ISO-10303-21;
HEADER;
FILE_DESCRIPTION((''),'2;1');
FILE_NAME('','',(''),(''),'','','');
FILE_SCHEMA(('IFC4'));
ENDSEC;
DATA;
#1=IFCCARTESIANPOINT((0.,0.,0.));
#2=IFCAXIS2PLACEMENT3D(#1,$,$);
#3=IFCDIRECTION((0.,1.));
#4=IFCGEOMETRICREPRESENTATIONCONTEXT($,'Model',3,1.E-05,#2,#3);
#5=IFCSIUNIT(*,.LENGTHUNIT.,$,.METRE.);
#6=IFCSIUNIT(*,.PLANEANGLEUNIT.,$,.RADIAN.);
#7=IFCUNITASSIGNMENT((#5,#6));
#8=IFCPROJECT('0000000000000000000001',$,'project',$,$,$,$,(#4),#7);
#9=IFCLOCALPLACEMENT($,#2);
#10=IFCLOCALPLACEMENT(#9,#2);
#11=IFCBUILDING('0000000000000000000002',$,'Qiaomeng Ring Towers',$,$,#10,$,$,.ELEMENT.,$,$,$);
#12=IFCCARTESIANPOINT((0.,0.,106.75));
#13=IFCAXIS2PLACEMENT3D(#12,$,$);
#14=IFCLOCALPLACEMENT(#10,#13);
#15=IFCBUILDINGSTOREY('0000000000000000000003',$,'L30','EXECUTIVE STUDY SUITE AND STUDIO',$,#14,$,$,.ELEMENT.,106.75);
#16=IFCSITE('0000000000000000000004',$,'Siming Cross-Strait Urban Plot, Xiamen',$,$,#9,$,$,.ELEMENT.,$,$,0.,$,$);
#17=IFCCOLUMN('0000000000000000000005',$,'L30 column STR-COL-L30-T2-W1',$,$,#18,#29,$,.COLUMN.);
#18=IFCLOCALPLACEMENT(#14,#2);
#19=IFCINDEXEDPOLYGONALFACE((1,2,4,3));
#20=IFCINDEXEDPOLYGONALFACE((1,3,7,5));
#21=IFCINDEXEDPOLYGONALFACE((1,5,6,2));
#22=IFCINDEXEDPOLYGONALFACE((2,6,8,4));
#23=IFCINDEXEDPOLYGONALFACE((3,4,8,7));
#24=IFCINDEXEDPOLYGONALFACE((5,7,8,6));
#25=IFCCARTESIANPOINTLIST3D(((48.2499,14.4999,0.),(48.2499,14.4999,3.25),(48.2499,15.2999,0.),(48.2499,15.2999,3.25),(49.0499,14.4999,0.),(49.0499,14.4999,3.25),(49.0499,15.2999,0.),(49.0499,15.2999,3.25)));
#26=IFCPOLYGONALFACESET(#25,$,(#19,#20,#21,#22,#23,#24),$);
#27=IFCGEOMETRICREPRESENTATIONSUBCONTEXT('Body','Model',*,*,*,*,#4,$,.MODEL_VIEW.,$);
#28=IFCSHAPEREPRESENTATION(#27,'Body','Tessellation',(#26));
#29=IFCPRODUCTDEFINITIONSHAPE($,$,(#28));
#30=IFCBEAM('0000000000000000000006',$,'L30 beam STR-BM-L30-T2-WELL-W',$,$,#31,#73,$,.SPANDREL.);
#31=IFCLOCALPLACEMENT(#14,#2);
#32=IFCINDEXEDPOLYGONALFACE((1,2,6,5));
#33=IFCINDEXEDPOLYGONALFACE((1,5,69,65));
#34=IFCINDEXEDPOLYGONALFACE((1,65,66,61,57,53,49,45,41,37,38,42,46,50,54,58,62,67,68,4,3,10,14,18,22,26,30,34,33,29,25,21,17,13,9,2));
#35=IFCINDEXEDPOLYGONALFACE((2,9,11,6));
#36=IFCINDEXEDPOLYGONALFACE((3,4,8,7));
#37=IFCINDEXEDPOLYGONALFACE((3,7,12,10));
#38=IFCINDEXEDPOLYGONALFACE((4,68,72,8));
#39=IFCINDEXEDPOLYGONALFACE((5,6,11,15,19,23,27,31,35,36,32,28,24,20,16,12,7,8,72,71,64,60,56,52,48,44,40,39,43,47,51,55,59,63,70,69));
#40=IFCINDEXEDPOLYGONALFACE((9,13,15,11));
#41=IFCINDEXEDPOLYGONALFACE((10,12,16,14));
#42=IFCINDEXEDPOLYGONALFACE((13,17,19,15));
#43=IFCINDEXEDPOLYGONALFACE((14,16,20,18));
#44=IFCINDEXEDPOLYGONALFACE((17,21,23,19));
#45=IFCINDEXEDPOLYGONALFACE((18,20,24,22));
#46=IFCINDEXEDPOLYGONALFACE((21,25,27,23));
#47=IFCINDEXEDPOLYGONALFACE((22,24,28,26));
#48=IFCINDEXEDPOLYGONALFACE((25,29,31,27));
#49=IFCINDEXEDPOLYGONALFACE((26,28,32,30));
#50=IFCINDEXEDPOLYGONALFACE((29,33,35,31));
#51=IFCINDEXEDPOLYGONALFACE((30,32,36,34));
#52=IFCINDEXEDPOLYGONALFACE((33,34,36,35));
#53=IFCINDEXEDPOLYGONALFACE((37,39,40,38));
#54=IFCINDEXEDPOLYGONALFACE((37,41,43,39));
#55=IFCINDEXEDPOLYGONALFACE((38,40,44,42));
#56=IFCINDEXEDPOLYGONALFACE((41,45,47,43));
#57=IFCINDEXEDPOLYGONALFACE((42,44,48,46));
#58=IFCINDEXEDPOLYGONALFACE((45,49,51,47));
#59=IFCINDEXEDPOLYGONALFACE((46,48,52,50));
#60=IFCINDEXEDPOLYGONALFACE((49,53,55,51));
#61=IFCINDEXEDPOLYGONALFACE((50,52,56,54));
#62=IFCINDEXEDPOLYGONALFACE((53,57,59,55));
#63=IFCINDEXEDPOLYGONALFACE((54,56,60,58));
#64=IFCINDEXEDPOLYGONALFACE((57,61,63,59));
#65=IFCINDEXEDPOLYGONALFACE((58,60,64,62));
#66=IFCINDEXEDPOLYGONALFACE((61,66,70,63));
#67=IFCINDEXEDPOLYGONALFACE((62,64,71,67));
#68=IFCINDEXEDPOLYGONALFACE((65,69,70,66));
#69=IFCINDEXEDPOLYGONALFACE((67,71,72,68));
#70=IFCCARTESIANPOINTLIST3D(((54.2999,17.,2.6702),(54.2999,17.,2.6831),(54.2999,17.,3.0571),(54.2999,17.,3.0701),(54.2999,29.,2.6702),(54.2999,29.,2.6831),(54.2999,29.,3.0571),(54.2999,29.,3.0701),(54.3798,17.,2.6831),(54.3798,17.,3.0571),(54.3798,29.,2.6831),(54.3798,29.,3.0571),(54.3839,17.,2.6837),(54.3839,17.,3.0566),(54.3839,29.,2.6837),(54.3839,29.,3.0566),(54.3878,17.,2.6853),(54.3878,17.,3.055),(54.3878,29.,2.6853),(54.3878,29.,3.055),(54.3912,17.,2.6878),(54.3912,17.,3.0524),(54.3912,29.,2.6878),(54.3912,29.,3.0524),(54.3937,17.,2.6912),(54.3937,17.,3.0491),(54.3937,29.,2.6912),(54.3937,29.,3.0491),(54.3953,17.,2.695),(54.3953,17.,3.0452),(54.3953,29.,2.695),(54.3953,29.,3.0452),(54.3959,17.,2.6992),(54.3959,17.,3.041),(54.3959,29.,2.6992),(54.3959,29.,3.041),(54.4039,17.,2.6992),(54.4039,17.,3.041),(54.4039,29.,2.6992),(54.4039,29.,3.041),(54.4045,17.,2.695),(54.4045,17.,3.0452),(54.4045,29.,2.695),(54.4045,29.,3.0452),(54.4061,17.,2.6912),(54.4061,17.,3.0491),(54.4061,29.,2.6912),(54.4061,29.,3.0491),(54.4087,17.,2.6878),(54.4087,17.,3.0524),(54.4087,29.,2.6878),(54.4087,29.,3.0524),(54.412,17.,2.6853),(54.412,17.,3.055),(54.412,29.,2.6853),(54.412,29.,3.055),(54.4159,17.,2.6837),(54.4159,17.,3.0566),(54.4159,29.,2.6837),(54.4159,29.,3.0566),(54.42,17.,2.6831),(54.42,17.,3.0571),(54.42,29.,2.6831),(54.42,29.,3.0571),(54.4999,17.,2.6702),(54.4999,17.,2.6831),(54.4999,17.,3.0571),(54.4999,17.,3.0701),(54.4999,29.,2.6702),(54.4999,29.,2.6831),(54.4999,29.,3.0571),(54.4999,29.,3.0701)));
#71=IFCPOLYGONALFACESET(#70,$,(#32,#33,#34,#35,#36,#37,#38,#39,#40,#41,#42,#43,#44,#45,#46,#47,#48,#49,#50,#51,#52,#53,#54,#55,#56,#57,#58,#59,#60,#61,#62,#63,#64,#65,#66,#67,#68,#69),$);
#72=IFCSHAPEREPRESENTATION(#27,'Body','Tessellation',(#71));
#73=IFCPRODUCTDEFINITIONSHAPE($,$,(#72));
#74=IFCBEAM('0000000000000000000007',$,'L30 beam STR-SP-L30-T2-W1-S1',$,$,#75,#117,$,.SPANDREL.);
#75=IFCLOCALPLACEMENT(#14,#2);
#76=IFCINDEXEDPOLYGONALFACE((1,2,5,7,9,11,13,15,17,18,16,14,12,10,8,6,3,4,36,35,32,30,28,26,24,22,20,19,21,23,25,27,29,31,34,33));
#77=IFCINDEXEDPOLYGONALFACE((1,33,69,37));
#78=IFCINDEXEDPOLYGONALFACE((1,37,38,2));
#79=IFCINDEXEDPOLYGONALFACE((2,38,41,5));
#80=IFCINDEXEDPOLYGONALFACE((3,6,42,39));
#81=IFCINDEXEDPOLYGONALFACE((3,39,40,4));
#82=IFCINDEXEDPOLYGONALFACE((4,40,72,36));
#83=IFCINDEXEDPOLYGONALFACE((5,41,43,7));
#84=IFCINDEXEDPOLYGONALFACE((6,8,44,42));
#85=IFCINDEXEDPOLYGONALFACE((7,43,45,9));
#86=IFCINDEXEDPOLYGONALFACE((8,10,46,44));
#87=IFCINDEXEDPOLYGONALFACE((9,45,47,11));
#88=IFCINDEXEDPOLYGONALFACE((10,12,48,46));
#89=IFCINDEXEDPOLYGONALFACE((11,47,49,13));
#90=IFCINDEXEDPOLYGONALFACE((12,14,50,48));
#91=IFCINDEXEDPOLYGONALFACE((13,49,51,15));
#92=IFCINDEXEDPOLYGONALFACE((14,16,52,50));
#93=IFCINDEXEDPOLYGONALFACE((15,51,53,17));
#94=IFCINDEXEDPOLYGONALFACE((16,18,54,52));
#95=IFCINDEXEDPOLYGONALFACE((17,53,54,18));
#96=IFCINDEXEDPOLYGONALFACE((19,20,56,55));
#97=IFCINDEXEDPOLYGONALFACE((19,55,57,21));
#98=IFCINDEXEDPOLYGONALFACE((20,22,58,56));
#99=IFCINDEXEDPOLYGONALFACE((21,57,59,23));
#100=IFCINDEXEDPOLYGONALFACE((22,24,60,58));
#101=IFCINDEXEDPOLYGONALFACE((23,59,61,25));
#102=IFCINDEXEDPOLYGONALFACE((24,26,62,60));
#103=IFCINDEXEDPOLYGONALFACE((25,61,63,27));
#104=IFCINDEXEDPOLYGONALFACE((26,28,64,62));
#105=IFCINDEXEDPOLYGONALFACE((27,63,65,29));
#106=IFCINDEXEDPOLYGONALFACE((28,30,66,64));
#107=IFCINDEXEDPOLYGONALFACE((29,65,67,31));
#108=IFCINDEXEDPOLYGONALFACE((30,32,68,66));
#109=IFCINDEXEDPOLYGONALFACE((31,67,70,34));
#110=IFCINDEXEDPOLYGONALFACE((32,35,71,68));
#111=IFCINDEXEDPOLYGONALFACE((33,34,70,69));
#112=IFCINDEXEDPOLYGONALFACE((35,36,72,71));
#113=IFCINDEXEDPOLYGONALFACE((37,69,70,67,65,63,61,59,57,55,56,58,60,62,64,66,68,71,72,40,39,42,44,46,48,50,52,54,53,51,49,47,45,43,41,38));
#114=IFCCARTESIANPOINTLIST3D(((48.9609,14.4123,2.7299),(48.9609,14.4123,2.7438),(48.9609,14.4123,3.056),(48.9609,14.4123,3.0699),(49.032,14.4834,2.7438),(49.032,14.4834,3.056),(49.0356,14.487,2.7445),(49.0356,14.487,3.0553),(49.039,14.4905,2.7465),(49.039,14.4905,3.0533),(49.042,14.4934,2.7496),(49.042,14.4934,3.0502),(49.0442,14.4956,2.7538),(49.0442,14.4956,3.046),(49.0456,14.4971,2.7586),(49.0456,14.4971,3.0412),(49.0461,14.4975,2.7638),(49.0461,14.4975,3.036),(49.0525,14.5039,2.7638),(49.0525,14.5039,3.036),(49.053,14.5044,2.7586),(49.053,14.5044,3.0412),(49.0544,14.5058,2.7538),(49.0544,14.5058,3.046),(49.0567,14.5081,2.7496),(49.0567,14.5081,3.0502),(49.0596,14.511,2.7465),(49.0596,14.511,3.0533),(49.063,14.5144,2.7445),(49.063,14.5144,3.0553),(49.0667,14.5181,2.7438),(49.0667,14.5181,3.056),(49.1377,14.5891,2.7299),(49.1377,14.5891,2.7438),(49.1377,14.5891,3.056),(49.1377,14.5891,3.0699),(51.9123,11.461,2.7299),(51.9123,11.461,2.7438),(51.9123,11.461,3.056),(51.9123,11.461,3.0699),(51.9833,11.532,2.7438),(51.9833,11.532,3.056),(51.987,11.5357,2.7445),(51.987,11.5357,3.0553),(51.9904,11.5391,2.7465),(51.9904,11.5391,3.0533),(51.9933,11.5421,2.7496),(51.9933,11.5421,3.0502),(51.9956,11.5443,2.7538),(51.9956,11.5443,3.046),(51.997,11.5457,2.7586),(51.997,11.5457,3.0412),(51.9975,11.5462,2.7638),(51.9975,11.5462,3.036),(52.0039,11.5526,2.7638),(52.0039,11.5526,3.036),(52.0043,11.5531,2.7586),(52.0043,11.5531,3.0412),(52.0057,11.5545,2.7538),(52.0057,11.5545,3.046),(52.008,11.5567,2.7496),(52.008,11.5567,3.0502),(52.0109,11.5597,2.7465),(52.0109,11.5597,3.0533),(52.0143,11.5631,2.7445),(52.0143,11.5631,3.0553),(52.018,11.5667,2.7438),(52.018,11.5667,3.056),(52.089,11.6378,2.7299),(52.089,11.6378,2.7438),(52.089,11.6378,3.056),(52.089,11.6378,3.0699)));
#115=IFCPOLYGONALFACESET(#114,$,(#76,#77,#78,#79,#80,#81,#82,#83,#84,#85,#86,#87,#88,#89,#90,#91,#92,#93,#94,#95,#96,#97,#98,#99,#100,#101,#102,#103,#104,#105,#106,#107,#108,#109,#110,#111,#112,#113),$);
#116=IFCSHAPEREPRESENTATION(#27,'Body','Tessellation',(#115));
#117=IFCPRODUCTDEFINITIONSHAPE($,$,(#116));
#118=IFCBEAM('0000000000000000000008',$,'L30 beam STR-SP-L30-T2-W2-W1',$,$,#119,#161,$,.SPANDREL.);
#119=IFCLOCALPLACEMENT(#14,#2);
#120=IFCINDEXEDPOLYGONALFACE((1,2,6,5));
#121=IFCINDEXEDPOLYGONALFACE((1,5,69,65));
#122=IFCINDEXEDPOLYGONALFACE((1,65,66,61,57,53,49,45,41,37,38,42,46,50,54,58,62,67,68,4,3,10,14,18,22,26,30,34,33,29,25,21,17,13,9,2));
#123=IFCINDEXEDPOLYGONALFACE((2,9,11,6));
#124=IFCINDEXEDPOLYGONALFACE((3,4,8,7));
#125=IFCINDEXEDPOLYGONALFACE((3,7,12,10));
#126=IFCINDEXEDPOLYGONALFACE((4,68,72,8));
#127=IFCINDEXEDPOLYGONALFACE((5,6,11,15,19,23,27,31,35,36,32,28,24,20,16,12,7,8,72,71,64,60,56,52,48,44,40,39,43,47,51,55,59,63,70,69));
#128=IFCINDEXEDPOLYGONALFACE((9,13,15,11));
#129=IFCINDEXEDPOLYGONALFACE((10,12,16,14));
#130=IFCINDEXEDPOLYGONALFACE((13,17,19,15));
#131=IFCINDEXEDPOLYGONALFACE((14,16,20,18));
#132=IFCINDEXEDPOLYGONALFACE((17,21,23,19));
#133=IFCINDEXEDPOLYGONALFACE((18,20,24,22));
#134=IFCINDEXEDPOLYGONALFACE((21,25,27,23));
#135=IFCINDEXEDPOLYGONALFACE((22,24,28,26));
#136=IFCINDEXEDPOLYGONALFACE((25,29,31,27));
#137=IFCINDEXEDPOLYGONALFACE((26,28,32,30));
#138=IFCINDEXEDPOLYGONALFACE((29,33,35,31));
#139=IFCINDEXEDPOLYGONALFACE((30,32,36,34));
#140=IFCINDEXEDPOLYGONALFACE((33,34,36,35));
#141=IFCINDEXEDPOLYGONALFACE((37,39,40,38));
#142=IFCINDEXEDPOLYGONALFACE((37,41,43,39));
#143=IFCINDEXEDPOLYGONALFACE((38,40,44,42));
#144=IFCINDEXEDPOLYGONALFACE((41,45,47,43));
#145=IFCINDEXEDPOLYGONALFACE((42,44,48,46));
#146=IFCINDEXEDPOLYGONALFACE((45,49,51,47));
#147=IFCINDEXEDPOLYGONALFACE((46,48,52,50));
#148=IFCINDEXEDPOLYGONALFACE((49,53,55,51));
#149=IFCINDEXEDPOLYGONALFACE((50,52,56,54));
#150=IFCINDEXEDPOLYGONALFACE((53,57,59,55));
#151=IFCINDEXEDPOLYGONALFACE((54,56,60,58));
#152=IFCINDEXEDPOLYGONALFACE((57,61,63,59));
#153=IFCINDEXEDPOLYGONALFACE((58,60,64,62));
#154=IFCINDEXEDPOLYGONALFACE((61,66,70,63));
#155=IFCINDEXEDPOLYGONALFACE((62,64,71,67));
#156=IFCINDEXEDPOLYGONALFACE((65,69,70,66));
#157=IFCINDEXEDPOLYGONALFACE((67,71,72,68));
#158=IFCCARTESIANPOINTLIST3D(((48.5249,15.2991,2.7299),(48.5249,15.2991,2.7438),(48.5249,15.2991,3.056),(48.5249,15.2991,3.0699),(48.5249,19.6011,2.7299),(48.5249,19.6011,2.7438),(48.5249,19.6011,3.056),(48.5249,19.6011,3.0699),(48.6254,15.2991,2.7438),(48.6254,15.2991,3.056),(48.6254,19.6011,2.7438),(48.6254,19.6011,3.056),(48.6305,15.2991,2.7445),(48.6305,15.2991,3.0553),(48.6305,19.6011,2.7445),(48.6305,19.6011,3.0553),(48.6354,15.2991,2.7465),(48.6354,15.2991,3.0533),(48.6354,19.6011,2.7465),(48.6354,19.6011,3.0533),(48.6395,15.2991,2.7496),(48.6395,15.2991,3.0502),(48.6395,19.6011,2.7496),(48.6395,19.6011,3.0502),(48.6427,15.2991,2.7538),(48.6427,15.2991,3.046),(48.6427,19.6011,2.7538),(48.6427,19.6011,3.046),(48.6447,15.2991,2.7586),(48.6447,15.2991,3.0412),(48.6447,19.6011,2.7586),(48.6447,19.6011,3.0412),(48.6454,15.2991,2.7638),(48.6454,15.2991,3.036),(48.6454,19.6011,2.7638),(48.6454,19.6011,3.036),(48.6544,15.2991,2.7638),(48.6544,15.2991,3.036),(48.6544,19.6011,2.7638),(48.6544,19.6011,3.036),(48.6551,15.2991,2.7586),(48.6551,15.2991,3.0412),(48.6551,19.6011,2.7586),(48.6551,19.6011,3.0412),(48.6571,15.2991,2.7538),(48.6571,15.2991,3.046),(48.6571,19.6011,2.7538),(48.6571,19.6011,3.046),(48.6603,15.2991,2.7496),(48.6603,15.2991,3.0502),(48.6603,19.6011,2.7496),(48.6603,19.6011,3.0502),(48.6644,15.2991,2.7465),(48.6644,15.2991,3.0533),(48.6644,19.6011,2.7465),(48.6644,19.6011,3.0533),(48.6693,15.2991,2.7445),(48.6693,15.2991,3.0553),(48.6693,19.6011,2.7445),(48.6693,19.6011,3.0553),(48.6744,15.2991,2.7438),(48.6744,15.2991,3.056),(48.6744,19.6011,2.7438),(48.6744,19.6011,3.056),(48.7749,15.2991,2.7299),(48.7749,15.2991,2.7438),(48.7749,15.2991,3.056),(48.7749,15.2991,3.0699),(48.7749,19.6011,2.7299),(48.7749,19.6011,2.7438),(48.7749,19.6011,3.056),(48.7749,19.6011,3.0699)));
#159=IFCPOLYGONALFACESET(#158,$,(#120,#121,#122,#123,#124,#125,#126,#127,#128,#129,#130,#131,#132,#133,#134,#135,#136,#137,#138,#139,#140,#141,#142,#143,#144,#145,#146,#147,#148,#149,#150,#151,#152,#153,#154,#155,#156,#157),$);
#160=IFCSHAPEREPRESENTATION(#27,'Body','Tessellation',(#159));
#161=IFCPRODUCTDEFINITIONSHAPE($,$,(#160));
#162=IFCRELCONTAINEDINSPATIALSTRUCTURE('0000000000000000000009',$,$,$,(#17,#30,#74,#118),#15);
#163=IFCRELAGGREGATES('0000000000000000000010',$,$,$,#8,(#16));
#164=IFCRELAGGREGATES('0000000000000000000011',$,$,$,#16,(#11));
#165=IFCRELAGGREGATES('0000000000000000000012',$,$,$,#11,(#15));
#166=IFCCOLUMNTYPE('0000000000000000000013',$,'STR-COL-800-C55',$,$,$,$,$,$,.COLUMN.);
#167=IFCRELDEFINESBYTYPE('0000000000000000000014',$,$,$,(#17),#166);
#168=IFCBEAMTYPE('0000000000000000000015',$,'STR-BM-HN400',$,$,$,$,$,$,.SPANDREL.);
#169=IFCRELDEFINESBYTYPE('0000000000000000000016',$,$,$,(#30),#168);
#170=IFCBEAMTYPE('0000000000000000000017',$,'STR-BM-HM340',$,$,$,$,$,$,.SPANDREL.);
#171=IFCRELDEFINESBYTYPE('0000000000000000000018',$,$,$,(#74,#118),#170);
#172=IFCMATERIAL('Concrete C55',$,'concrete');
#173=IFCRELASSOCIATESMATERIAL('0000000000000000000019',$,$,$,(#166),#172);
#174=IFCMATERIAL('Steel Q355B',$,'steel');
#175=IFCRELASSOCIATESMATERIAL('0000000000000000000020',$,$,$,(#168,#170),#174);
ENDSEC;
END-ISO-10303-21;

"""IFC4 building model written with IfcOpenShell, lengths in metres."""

from ifc_helpers import new_model, si_unit, direction, frame, origin, origin_2d, place, context, subcontext, project, spatial, rectangle, i_section, extrude, source, transform, mapped, material, material_profile, profile_set, type_object, element, save


model = new_model("IFC4")

# Units and contexts
model_context = context("Model", 3, precision=1e-05, world=origin(), true_north=direction((0.0, 1.0)))
body_context = subcontext(model_context, "Body", "Model", "MODEL_VIEW")
ifc_project = project(units=[si_unit("LENGTHUNIT", "METRE"), si_unit("PLANEANGLEUNIT", "RADIAN")], contexts=[model_context])

# Site, building, storey
site_placement = place(None, origin())
site = spatial("IfcSite", under=ifc_project, at=site_placement, Name="Siming Cross-Strait Urban Plot, Xiamen", CompositionType="ELEMENT", RefElevation=0.0)
building_placement = place(site_placement, origin())
building = spatial("IfcBuilding", under=site, at=building_placement, Name="Qiaomeng Ring Towers", CompositionType="ELEMENT")
storey_placement = place(building_placement, frame((0.0, 0.0, 106.75)))
storey = spatial("IfcBuildingStorey", under=building, at=storey_placement, Name="L30", Description="EXECUTIVE STUDY SUITE AND STUDIO", CompositionType="ELEMENT", Elevation=106.75)

# Column
ifc_material_1 = material(Name="Concrete C55", Category="concrete")
ifc_material_profile_1 = material_profile(ifc_material_1, rectangle(XDim=0.8, YDim=0.8, at=origin_2d()), Name="RC COL 800x800")
ifc_profile_set_1 = profile_set([ifc_material_profile_1], Name="Concrete C55")
column_type = type_object("IfcColumnType", Name="STR-COL-800-C55", PredefinedType="COLUMN", material=ifc_profile_set_1)
shared_shape_1 = source(origin(), body_context, "Body", "SweptSolid", [
    extrude(rectangle(XDim=0.8, YDim=0.8, at=origin_2d()), origin(), (0.0, 0.0, 1.0), 3.25),
])
column_placement = place(storey_placement, frame((48.6499, 14.8999, 0.0), z_axis=(0.0, 0.0, 1.0), x_axis=(1.0, 0.0, 0.0)))
element("IfcColumn", 1, at=column_placement, inside=storey, type_object=column_type, Name="L30 column STR-COL-L30-T2-W1", PredefinedType="COLUMN", context=body_context, shape_type="MappedRepresentation", body=[
    mapped(shared_shape_1, transform((0.0, 0.0, 0.0), x_axis=(1.0, 0.0, 0.0), y_axis=(0.0, 1.0, 0.0), z_axis=(0.0, 0.0, 1.0), scale=1.0)),
])

# Beams
ifc_material_2 = material(Name="Steel Q355B", Category="steel")
ifc_material_profile_2 = material_profile(ifc_material_2, i_section(OverallWidth=0.2, OverallDepth=0.3999, WebThickness=0.0081, FlangeThickness=0.0129, FilletRadius=0.0161, at=origin_2d()), Name="HN 400x200x8x13")
ifc_profile_set_2 = profile_set([ifc_material_profile_2], Name="Steel Q355B")
beam_type_1 = type_object("IfcBeamType", Name="STR-BM-HN400", PredefinedType="SPANDREL", material=ifc_profile_set_2)
shared_shape_2 = source(origin(), body_context, "Body", "SweptSolid", [
    extrude(i_section(OverallWidth=0.2, OverallDepth=0.3999, WebThickness=0.0081, FlangeThickness=0.0129, FilletRadius=0.0161, at=origin_2d()), origin(), (0.0, 0.0, 1.0), 12.0),
])
beam_1_placement = place(storey_placement, frame((54.3999, 17.0, 2.8701), z_axis=(0.0, 1.0, 0.0), x_axis=(-1.0, 0.0, 0.0)))
element("IfcBeam", 2, at=beam_1_placement, inside=storey, type_object=beam_type_1, Name="L30 beam STR-BM-L30-T2-WELL-W", PredefinedType="SPANDREL", context=body_context, shape_type="MappedRepresentation", body=[
    mapped(shared_shape_2, transform((0.0, 0.0, 0.0), x_axis=(1.0, 0.0, 0.0), y_axis=(0.0, 1.0, 0.0), z_axis=(0.0, 0.0, 1.0), scale=1.0)),
])
ifc_material_profile_3 = material_profile(ifc_material_2, i_section(OverallWidth=0.25, OverallDepth=0.3401, WebThickness=0.009, FlangeThickness=0.0139, FilletRadius=0.02, at=origin_2d()), Name="HM 340x250x9x14")
ifc_profile_set_3 = profile_set([ifc_material_profile_3], Name="Steel Q355B")
beam_type_2 = type_object("IfcBeamType", Name="STR-BM-HM340", PredefinedType="SPANDREL", material=ifc_profile_set_3)
shared_shape_3 = source(origin(), body_context, "Body", "SweptSolid", [
    extrude(i_section(OverallWidth=0.25, OverallDepth=0.3401, WebThickness=0.009, FlangeThickness=0.0139, FilletRadius=0.02, at=origin_2d()), origin(), (0.0, 0.0, 1.0), 4.1738),
])
beam_2_placement = place(storey_placement, frame((49.0493, 14.5007, 2.8999), z_axis=(0.707107, -0.707107, 0.0), x_axis=(0.707107, 0.707107, 0.0)))
element("IfcBeam", 3, at=beam_2_placement, inside=storey, type_object=beam_type_2, Name="L30 beam STR-SP-L30-T2-W1-S1", PredefinedType="SPANDREL", context=body_context, shape_type="MappedRepresentation", body=[
    mapped(shared_shape_3, transform((0.0, 0.0, 0.0), x_axis=(1.0, 0.0, 0.0), y_axis=(0.0, 1.0, 0.0), z_axis=(0.0, 0.0, 1.0), scale=1.0)),
])
shared_shape_4 = source(origin(), body_context, "Body", "SweptSolid", [
    extrude(i_section(OverallWidth=0.25, OverallDepth=0.3401, WebThickness=0.009, FlangeThickness=0.0139, FilletRadius=0.02, at=origin_2d()), origin(), (0.0, 0.0, 1.0), 4.302),
])
beam_3_placement = place(storey_placement, frame((48.6499, 19.6011, 2.8999), z_axis=(0.0, -1.0, 0.0), x_axis=(1.0, 0.0, 0.0)))
element("IfcBeam", 4, at=beam_3_placement, inside=storey, type_object=beam_type_2, Name="L30 beam STR-SP-L30-T2-W2-W1", PredefinedType="SPANDREL", context=body_context, shape_type="MappedRepresentation", body=[
    mapped(shared_shape_4, transform((0.0, 0.0, 0.0), x_axis=(1.0, 0.0, 0.0), y_axis=(0.0, 1.0, 0.0), z_axis=(0.0, 0.0, 1.0), scale=1.0)),
])

save(model, "model.ifc")
